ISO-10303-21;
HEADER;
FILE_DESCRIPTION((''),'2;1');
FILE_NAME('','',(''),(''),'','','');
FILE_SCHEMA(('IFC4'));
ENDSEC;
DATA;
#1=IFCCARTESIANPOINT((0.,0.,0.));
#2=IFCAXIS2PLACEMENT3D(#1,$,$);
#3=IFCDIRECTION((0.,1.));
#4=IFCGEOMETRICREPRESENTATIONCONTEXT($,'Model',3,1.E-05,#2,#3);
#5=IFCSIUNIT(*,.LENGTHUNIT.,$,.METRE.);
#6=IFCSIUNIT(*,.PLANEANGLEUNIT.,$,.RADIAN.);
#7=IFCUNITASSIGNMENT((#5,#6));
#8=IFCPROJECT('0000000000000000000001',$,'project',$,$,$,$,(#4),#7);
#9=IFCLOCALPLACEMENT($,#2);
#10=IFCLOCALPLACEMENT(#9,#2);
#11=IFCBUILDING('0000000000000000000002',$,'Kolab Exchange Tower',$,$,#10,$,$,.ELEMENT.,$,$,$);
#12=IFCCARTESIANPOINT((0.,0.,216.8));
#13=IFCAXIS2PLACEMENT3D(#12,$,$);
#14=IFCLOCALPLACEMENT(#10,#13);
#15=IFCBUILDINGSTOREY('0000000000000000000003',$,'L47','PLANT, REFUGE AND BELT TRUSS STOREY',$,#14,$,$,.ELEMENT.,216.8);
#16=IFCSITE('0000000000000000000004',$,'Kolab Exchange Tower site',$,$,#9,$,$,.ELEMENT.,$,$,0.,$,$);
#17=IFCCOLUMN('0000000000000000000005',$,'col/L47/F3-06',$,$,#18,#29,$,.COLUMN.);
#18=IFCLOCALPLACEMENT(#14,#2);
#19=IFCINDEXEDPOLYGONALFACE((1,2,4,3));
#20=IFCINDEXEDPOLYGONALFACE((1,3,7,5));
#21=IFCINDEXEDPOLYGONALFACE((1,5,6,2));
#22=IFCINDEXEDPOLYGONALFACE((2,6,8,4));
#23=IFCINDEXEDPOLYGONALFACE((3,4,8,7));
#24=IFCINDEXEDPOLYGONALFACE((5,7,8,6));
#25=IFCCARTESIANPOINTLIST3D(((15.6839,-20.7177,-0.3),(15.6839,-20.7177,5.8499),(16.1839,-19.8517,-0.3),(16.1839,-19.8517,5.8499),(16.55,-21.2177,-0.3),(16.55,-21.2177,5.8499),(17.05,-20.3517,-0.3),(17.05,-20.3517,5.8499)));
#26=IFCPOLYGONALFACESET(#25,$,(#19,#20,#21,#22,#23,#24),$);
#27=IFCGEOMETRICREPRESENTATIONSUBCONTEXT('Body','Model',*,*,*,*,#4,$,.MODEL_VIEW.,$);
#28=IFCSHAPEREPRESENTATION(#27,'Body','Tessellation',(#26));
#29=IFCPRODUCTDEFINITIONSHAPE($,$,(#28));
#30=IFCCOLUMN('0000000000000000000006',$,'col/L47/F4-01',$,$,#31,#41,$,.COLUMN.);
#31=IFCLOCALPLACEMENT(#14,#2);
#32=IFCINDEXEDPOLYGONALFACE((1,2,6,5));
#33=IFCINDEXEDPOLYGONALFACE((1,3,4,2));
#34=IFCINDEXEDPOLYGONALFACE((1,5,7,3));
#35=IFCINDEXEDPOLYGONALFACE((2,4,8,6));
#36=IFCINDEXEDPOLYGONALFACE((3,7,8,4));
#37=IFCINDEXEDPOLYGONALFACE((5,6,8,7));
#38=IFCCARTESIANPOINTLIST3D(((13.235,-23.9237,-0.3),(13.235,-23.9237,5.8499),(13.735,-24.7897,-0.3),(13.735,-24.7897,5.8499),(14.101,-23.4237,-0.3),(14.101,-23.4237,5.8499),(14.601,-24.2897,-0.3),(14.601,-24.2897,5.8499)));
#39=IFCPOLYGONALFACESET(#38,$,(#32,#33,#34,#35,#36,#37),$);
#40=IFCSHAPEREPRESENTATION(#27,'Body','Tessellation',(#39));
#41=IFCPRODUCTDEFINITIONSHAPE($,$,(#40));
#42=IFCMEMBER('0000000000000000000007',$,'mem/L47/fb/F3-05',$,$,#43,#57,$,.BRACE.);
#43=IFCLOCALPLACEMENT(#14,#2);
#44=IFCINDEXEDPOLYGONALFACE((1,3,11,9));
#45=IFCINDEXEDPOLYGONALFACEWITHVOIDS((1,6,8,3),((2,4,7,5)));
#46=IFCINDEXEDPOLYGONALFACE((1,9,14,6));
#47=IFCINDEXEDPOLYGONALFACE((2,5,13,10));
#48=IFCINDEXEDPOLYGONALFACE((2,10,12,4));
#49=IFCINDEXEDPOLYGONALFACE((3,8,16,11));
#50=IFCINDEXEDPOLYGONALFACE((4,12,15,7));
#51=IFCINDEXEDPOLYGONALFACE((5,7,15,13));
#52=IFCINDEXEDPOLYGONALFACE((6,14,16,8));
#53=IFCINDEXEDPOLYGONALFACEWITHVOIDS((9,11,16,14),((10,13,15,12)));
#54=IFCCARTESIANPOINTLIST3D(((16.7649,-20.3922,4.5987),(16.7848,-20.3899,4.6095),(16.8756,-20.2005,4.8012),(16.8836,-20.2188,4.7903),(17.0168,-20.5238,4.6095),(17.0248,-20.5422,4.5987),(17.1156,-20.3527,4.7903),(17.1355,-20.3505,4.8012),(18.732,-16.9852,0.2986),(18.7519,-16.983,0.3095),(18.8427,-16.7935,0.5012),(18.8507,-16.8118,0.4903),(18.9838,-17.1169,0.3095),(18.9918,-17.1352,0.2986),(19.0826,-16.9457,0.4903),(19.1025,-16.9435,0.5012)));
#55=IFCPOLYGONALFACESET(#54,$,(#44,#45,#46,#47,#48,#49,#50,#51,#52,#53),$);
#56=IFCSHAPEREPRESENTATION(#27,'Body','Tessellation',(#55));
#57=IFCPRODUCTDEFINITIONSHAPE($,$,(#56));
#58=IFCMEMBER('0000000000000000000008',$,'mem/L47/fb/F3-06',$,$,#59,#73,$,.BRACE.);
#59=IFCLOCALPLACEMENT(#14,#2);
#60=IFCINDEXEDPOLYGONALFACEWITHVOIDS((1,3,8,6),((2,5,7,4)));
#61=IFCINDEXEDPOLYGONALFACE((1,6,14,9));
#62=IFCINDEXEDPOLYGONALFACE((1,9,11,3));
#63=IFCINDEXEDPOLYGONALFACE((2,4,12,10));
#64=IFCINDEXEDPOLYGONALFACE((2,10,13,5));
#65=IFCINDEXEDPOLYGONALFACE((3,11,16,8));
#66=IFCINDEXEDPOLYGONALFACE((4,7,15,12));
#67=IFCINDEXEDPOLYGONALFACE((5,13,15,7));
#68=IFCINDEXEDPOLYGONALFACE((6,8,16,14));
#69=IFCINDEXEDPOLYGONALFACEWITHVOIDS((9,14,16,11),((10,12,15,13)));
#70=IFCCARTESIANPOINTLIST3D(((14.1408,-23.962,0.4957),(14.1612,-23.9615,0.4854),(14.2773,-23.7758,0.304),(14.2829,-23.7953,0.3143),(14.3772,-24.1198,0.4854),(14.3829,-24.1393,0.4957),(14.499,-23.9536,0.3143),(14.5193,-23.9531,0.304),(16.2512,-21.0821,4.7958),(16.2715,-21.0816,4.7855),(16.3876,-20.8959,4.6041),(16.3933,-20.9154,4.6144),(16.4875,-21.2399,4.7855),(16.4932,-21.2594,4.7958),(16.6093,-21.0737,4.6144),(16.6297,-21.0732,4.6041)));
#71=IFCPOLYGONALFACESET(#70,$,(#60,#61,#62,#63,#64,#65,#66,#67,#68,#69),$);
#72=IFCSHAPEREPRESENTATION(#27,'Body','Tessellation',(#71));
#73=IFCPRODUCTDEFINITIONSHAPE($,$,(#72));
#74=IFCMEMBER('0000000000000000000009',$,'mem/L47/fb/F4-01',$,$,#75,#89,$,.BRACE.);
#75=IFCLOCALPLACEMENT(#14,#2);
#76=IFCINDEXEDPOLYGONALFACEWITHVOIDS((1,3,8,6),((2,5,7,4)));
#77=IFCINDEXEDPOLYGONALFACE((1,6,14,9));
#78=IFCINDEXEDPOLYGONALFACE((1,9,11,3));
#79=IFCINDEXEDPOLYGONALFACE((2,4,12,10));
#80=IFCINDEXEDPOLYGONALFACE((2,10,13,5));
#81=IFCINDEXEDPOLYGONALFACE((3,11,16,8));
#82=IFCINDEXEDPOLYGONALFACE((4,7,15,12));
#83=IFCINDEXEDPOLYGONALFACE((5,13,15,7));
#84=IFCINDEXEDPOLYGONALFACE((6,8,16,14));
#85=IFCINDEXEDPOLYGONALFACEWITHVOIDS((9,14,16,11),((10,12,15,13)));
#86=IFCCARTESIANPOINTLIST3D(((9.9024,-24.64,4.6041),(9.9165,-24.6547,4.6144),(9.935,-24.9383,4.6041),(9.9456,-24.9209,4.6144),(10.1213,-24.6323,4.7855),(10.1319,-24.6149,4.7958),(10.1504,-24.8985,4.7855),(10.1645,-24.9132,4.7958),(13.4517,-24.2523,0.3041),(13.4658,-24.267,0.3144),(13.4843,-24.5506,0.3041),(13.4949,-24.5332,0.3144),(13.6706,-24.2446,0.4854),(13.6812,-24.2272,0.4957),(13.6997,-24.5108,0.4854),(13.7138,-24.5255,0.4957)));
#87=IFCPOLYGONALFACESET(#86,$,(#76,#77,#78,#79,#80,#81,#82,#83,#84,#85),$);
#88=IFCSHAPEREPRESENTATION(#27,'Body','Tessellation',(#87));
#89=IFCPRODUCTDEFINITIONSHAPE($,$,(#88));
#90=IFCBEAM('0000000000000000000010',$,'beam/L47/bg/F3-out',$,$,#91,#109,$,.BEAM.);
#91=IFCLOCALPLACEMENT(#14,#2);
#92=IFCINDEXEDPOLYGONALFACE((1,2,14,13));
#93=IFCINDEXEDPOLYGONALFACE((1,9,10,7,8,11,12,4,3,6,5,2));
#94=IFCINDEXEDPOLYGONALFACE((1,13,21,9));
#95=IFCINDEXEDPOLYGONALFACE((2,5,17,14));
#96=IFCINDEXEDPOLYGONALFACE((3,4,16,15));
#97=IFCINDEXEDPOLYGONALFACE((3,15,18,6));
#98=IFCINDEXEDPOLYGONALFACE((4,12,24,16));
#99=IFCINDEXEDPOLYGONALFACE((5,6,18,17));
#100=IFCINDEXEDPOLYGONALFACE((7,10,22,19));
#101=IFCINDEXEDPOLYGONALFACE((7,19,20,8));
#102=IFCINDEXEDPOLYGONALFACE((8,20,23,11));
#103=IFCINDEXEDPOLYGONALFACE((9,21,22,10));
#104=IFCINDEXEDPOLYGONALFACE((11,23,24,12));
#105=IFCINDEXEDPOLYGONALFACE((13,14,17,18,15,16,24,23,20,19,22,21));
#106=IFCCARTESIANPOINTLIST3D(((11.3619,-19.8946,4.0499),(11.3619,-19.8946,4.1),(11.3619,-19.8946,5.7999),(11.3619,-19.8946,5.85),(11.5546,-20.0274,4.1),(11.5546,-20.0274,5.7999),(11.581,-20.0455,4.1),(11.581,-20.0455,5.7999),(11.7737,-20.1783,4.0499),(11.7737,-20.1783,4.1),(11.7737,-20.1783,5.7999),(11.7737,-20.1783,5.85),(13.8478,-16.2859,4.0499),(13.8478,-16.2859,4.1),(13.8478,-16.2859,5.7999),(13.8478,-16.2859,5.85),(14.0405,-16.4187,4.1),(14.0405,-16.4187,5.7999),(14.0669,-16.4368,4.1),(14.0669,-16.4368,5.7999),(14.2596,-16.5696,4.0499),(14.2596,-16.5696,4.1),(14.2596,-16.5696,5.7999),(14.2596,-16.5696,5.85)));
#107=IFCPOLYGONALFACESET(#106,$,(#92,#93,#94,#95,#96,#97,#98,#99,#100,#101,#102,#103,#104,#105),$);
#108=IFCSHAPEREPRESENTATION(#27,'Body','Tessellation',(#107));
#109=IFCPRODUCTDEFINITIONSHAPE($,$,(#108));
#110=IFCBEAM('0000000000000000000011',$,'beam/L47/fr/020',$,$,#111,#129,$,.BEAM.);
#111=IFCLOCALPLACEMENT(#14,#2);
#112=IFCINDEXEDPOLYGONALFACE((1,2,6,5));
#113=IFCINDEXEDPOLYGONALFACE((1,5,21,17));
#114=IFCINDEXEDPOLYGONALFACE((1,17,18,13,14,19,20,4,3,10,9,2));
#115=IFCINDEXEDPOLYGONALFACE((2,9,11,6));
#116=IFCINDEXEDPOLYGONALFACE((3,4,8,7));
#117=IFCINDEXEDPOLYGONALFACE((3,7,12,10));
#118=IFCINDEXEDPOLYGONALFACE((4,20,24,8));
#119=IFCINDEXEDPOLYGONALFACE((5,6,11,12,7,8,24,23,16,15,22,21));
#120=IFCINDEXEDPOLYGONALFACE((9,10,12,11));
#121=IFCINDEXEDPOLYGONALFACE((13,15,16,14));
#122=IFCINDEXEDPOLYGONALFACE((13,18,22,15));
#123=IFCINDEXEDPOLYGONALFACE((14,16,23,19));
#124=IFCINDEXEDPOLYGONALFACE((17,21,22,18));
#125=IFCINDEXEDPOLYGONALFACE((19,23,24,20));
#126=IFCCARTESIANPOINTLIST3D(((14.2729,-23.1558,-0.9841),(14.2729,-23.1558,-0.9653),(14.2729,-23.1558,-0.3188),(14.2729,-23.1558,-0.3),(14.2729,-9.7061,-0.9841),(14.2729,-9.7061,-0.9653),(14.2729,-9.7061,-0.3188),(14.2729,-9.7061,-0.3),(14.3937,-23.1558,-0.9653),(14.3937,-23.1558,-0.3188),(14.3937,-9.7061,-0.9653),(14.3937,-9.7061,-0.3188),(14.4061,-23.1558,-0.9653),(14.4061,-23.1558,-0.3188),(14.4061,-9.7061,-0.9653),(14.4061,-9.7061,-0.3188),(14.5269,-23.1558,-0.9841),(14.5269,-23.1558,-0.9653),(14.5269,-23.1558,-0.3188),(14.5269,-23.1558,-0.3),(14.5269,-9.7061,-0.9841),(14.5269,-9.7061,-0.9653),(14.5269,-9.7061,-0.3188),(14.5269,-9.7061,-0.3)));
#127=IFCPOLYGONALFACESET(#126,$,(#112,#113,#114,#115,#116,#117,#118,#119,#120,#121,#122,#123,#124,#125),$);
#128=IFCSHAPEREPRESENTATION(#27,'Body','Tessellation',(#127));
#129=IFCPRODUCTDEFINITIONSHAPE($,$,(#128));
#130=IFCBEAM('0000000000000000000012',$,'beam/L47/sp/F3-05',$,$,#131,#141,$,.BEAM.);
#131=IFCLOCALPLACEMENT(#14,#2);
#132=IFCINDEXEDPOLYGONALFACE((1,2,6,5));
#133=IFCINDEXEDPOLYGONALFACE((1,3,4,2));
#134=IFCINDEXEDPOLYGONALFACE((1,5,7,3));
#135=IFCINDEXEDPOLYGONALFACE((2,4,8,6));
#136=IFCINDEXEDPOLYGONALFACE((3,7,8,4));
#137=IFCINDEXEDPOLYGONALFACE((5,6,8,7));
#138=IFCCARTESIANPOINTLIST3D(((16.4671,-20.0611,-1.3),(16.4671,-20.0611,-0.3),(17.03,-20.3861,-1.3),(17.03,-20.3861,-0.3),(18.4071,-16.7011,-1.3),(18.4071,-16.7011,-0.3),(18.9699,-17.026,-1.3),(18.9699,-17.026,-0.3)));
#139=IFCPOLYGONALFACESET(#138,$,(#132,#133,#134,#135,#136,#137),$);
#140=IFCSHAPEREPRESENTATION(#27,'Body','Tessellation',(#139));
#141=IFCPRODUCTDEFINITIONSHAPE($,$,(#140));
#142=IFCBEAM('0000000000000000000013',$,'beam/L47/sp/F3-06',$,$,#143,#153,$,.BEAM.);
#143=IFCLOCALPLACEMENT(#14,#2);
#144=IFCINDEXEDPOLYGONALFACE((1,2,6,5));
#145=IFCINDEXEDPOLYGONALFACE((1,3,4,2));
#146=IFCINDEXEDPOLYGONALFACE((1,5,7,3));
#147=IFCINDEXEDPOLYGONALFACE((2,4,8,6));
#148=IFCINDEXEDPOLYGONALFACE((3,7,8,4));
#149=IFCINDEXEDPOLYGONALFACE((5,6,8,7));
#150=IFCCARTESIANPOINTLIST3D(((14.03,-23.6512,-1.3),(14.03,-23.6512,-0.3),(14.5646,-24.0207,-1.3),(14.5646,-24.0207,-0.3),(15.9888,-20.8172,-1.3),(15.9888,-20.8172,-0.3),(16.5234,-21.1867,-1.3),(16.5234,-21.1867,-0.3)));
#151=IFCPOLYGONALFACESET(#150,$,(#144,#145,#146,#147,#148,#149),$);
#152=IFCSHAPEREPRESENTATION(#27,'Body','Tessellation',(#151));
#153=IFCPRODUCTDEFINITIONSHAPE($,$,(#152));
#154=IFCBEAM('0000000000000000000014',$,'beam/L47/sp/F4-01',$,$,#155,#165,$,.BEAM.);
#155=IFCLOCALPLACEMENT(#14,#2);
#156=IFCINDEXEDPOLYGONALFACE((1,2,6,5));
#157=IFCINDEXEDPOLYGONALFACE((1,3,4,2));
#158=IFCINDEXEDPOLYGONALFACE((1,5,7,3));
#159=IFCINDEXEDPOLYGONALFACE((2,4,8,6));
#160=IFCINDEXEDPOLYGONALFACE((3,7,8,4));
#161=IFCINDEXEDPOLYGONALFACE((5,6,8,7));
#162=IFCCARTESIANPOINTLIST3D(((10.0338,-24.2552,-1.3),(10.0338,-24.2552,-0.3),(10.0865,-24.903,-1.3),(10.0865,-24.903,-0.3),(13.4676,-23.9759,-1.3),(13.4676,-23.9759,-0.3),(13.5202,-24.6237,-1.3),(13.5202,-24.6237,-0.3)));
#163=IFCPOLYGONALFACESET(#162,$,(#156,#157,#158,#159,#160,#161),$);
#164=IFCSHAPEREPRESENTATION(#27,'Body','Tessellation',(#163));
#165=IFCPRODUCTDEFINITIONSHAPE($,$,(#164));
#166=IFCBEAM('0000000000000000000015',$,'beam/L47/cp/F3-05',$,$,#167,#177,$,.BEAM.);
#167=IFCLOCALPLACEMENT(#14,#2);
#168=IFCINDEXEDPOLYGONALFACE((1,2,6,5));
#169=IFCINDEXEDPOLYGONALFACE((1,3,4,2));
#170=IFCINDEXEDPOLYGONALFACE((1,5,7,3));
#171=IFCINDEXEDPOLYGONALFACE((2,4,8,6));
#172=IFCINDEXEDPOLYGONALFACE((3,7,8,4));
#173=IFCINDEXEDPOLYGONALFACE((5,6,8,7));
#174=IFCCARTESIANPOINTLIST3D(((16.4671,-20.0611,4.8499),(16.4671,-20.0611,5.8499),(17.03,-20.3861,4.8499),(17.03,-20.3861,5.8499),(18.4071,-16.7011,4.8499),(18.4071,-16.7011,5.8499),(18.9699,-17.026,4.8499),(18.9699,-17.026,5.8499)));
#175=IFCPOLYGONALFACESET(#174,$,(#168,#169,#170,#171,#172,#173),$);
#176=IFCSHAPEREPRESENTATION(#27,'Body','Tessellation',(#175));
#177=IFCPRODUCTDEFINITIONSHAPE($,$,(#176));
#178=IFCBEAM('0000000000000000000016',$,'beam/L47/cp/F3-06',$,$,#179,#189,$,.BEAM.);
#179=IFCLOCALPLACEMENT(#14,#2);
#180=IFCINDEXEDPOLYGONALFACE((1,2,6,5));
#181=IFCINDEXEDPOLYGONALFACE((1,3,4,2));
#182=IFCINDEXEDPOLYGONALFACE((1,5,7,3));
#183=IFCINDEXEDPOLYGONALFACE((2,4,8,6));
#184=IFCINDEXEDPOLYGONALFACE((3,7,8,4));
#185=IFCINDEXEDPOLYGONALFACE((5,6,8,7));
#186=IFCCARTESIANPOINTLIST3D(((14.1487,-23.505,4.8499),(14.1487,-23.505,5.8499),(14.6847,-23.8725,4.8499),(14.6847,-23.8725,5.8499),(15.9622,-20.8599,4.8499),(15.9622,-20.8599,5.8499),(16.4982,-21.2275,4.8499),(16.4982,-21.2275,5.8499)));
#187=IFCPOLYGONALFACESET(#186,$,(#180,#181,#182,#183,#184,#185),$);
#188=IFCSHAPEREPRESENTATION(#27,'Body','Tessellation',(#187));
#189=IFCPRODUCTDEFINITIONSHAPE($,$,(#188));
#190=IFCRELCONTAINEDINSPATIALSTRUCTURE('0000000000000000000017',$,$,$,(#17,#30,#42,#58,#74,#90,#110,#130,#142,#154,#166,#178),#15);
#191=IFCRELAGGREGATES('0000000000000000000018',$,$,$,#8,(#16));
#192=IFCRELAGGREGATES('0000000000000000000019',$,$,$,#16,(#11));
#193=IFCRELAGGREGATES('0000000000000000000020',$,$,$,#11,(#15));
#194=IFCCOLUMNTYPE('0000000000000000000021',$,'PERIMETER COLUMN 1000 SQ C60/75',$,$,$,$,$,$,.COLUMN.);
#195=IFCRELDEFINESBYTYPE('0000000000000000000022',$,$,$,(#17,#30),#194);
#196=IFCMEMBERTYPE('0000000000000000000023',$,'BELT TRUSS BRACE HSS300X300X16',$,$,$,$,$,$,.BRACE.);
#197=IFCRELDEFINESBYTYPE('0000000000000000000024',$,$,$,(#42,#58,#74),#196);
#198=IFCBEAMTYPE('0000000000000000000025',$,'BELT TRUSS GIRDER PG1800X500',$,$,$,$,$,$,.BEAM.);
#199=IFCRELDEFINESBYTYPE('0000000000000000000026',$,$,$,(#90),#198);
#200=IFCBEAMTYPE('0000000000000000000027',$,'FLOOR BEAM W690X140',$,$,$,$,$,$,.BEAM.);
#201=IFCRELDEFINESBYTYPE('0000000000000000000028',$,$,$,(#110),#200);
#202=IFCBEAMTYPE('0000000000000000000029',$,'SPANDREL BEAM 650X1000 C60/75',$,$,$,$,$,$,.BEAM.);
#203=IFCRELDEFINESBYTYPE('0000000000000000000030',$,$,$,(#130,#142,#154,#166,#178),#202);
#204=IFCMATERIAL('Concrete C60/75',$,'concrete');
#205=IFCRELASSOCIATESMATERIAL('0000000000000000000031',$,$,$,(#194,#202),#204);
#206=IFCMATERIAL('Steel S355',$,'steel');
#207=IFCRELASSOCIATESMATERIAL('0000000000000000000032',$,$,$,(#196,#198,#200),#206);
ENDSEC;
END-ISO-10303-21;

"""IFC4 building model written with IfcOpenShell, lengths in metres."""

from ifc_helpers import new_model, si_unit, direction, frame, origin, origin_2d, place, context, subcontext, project, spatial, rectangle, hollow_rectangle, i_section, extrude, material, material_profile, profile_set, type_object, element, save


model = new_model("IFC4")

# Units and contexts
model_context = context("Model", 3, precision=1e-05, world=origin(), true_north=direction((0.0, 1.0)))
body_context = subcontext(model_context, "Body", "Model", "MODEL_VIEW")
ifc_project = project(units=[si_unit("LENGTHUNIT", "METRE"), si_unit("PLANEANGLEUNIT", "RADIAN")], contexts=[model_context])

# Site, building, storey
site_placement = place(None, origin())
site = spatial("IfcSite", under=ifc_project, at=site_placement, Name="Kolab Exchange Tower site", CompositionType="ELEMENT", RefElevation=0.0)
building_placement = place(site_placement, origin())
building = spatial("IfcBuilding", under=site, at=building_placement, Name="Kolab Exchange Tower", CompositionType="ELEMENT")
storey_placement = place(building_placement, frame((0.0, 0.0, 216.8)))
storey = spatial("IfcBuildingStorey", under=building, at=storey_placement, Name="L47", Description="PLANT, REFUGE AND BELT TRUSS STOREY", CompositionType="ELEMENT", Elevation=216.8)

# Columns
ifc_material_1 = material(Name="Concrete C60/75", Category="concrete")
ifc_material_profile_1 = material_profile(ifc_material_1, rectangle(XDim=1.0, YDim=1.0, at=origin_2d()), Name="RC1000")
ifc_profile_set_1 = profile_set([ifc_material_profile_1], Name="Concrete C60/75")
column_type = type_object("IfcColumnType", Name="PERIMETER COLUMN 1000 SQ C60/75", PredefinedType="COLUMN", material=ifc_profile_set_1)
for number, where, z_axis, x_axis, name in (
    (1, (16.3669, -20.5347, -0.3), (0.0, 0.0, 1.0), (0.5, 0.866025, 0.0), "col/L47/F3-06"),
    (2, (13.918, -24.1067, -0.3), (0.0, 0.0, 1.0), (0.866025, 0.5, 0.0), "col/L47/F4-01"),
):
    element("IfcColumn", number, at=place(storey_placement, frame(where, z_axis=z_axis, x_axis=x_axis)), inside=storey, type_object=column_type, Name=name, PredefinedType="COLUMN", context=body_context, shape_type="SweptSolid", body=[
        extrude(rectangle(XDim=1.0, YDim=1.0, at=origin_2d()), origin(), (0.0, 0.0, 1.0), 6.1499),
    ])

# Members
ifc_material_2 = material(Name="Steel S355", Category="steel")
ifc_material_profile_2 = material_profile(ifc_material_2, hollow_rectangle(XDim=0.3, YDim=0.3, WallThickness=0.0161, at=origin_2d()), Name="HSS300X300X16")
ifc_profile_set_2 = profile_set([ifc_material_profile_2], Name="Steel S355")
member_type_1 = type_object("IfcMemberType", Name="BELT TRUSS BRACE HSS300X300X16", PredefinedType="BRACE", material=ifc_profile_set_2)
member_1_placement = place(storey_placement, frame((18.9172, -16.9644, 0.3999), z_axis=(-0.337508, -0.584575, 0.737808), x_axis=(0.866023, -0.500004, 0.0)))
element("IfcMember", 3, at=member_1_placement, inside=storey, type_object=member_type_1, Name="mem/L47/fb/F3-05", PredefinedType="BRACE", context=body_context, shape_type="SweptSolid", body=[
    extrude(hollow_rectangle(XDim=0.3, YDim=0.3, WallThickness=0.0161, at=origin_2d()), origin(), (0.0, 0.0, 1.0), 5.8281),
])
for number, where, z_axis, x_axis, name in (
    (4, (16.4404, -21.0776, 4.7), (-0.377585, -0.51527, -0.769367), (0.806614, -0.591079, 0.0), "mem/L47/fb/F3-06"),
    (5, (13.5828, -24.3889, 0.3999), (-0.635039, -0.069366, 0.769359), (0.108585, -0.994087, 0.0), "mem/L47/fb/F4-01"),
):
    element("IfcMember", number, at=place(storey_placement, frame(where, z_axis=z_axis, x_axis=x_axis)), inside=storey, type_object=member_type_1, Name=name, PredefinedType="BRACE", context=body_context, shape_type="SweptSolid", body=[
        extrude(hollow_rectangle(XDim=0.3, YDim=0.3, WallThickness=0.0161, at=origin_2d()), origin(), (0.0, 0.0, 1.0), 5.5891),
    ])

# Beams
ifc_material_profile_3 = material_profile(ifc_material_2, i_section(OverallWidth=0.5, OverallDepth=1.8, WebThickness=0.032, FlangeThickness=0.05, at=origin_2d()), Name="PG1800X500")
ifc_profile_set_3 = profile_set([ifc_material_profile_3], Name="Steel S355")
beam_type_1 = type_object("IfcBeamType", Name="BELT TRUSS GIRDER PG1800X500", PredefinedType="BEAM", material=ifc_profile_set_3)
beam_1_placement = place(storey_placement, frame((14.0537, -16.4277, 4.95), z_axis=(-0.567288, -0.82352, 0.0), x_axis=(0.82352, -0.567288, 0.0)))
element("IfcBeam", 6, at=beam_1_placement, inside=storey, type_object=beam_type_1, Name="beam/L47/bg/F3-out", PredefinedType="BEAM", context=body_context, shape_type="SweptSolid", body=[
    extrude(i_section(OverallWidth=0.5, OverallDepth=1.8, WebThickness=0.032, FlangeThickness=0.05, at=origin_2d()), origin(), (0.0, 0.0, 1.0), 4.3821),
])
ifc_material_profile_4 = material_profile(ifc_material_2, i_section(OverallWidth=0.2539, OverallDepth=0.6841, WebThickness=0.0125, FlangeThickness=0.0188, at=origin_2d()), Name="W690X140")
ifc_profile_set_4 = profile_set([ifc_material_profile_4], Name="Steel S355")
beam_type_2 = type_object("IfcBeamType", Name="FLOOR BEAM W690X140", PredefinedType="BEAM", material=ifc_profile_set_4)
beam_2_placement = place(storey_placement, frame((14.3999, -23.1558, -0.6421), z_axis=(0.0, 1.0, 0.0), x_axis=(-1.0, 0.0, 0.0)))
element("IfcBeam", 7, at=beam_2_placement, inside=storey, type_object=beam_type_2, Name="beam/L47/fr/020", PredefinedType="BEAM", context=body_context, shape_type="SweptSolid", body=[
    extrude(i_section(OverallWidth=0.2539, OverallDepth=0.6841, WebThickness=0.0125, FlangeThickness=0.0188, at=origin_2d()), origin(), (0.0, 0.0, 1.0), 13.4497),
])
ifc_material_profile_5 = material_profile(ifc_material_1, rectangle(XDim=0.6499, YDim=1.0, at=origin_2d()), Name="RC650X1000")
ifc_profile_set_5 = profile_set([ifc_material_profile_5], Name="Concrete C60/75")
beam_type_3 = type_object("IfcBeamType", Name="SPANDREL BEAM 650X1000 C60/75", PredefinedType="BEAM", material=ifc_profile_set_5)
beam_3_placement = place(storey_placement, frame((18.6885, -16.8635, -0.8), z_axis=(-0.499997, -0.866027, 0.0), x_axis=(0.866027, -0.499997, 0.0)))
element("IfcBeam", 8, at=beam_3_placement, inside=storey, type_object=beam_type_3, Name="beam/L47/sp/F3-05", PredefinedType="BEAM", context=body_context, shape_type="SweptSolid", body=[
    extrude(rectangle(XDim=0.6499, YDim=1.0, at=origin_2d()), origin(), (0.0, 0.0, 1.0), 3.8799),
])
for number, where, z_axis, x_axis, name in (
    (9, (16.2561, -21.002, -0.8), (-0.568572, -0.822633, 0.0), (0.822633, -0.568572, 0.0), "beam/L47/sp/F3-06"),
    (10, (13.4939, -24.2998, -0.8), (-0.996708, -0.081069, 0.0), (0.081069, -0.996708, 0.0), "beam/L47/sp/F4-01"),
):
    element("IfcBeam", number, at=place(storey_placement, frame(where, z_axis=z_axis, x_axis=x_axis)), inside=storey, type_object=beam_type_3, Name=name, PredefinedType="BEAM", context=body_context, shape_type="SweptSolid", body=[
        extrude(rectangle(XDim=0.6499, YDim=1.0, at=origin_2d()), origin(), (0.0, 0.0, 1.0), 3.4451),
    ])
beam_4_placement = place(storey_placement, frame((18.6885, -16.8635, 5.3499), z_axis=(-0.499997, -0.866027, 0.0), x_axis=(0.866027, -0.499997, 0.0)))
element("IfcBeam", 11, at=beam_4_placement, inside=storey, type_object=beam_type_3, Name="beam/L47/cp/F3-05", PredefinedType="BEAM", context=body_context, shape_type="SweptSolid", body=[
    extrude(rectangle(XDim=0.6499, YDim=1.0, at=origin_2d()), origin(), (0.0, 0.0, 1.0), 3.8799),
])
beam_5_placement = place(storey_placement, frame((16.2302, -21.0437, 5.3499), z_axis=(-0.565475, -0.824765, 0.0), x_axis=(0.824765, -0.565475, 0.0)))
element("IfcBeam", 12, at=beam_5_placement, inside=storey, type_object=beam_type_3, Name="beam/L47/cp/F3-06", PredefinedType="BEAM", context=body_context, shape_type="SweptSolid", body=[
    extrude(rectangle(XDim=0.6499, YDim=1.0, at=origin_2d()), origin(), (0.0, 0.0, 1.0), 3.207),
])

save(model, "model.ifc")
